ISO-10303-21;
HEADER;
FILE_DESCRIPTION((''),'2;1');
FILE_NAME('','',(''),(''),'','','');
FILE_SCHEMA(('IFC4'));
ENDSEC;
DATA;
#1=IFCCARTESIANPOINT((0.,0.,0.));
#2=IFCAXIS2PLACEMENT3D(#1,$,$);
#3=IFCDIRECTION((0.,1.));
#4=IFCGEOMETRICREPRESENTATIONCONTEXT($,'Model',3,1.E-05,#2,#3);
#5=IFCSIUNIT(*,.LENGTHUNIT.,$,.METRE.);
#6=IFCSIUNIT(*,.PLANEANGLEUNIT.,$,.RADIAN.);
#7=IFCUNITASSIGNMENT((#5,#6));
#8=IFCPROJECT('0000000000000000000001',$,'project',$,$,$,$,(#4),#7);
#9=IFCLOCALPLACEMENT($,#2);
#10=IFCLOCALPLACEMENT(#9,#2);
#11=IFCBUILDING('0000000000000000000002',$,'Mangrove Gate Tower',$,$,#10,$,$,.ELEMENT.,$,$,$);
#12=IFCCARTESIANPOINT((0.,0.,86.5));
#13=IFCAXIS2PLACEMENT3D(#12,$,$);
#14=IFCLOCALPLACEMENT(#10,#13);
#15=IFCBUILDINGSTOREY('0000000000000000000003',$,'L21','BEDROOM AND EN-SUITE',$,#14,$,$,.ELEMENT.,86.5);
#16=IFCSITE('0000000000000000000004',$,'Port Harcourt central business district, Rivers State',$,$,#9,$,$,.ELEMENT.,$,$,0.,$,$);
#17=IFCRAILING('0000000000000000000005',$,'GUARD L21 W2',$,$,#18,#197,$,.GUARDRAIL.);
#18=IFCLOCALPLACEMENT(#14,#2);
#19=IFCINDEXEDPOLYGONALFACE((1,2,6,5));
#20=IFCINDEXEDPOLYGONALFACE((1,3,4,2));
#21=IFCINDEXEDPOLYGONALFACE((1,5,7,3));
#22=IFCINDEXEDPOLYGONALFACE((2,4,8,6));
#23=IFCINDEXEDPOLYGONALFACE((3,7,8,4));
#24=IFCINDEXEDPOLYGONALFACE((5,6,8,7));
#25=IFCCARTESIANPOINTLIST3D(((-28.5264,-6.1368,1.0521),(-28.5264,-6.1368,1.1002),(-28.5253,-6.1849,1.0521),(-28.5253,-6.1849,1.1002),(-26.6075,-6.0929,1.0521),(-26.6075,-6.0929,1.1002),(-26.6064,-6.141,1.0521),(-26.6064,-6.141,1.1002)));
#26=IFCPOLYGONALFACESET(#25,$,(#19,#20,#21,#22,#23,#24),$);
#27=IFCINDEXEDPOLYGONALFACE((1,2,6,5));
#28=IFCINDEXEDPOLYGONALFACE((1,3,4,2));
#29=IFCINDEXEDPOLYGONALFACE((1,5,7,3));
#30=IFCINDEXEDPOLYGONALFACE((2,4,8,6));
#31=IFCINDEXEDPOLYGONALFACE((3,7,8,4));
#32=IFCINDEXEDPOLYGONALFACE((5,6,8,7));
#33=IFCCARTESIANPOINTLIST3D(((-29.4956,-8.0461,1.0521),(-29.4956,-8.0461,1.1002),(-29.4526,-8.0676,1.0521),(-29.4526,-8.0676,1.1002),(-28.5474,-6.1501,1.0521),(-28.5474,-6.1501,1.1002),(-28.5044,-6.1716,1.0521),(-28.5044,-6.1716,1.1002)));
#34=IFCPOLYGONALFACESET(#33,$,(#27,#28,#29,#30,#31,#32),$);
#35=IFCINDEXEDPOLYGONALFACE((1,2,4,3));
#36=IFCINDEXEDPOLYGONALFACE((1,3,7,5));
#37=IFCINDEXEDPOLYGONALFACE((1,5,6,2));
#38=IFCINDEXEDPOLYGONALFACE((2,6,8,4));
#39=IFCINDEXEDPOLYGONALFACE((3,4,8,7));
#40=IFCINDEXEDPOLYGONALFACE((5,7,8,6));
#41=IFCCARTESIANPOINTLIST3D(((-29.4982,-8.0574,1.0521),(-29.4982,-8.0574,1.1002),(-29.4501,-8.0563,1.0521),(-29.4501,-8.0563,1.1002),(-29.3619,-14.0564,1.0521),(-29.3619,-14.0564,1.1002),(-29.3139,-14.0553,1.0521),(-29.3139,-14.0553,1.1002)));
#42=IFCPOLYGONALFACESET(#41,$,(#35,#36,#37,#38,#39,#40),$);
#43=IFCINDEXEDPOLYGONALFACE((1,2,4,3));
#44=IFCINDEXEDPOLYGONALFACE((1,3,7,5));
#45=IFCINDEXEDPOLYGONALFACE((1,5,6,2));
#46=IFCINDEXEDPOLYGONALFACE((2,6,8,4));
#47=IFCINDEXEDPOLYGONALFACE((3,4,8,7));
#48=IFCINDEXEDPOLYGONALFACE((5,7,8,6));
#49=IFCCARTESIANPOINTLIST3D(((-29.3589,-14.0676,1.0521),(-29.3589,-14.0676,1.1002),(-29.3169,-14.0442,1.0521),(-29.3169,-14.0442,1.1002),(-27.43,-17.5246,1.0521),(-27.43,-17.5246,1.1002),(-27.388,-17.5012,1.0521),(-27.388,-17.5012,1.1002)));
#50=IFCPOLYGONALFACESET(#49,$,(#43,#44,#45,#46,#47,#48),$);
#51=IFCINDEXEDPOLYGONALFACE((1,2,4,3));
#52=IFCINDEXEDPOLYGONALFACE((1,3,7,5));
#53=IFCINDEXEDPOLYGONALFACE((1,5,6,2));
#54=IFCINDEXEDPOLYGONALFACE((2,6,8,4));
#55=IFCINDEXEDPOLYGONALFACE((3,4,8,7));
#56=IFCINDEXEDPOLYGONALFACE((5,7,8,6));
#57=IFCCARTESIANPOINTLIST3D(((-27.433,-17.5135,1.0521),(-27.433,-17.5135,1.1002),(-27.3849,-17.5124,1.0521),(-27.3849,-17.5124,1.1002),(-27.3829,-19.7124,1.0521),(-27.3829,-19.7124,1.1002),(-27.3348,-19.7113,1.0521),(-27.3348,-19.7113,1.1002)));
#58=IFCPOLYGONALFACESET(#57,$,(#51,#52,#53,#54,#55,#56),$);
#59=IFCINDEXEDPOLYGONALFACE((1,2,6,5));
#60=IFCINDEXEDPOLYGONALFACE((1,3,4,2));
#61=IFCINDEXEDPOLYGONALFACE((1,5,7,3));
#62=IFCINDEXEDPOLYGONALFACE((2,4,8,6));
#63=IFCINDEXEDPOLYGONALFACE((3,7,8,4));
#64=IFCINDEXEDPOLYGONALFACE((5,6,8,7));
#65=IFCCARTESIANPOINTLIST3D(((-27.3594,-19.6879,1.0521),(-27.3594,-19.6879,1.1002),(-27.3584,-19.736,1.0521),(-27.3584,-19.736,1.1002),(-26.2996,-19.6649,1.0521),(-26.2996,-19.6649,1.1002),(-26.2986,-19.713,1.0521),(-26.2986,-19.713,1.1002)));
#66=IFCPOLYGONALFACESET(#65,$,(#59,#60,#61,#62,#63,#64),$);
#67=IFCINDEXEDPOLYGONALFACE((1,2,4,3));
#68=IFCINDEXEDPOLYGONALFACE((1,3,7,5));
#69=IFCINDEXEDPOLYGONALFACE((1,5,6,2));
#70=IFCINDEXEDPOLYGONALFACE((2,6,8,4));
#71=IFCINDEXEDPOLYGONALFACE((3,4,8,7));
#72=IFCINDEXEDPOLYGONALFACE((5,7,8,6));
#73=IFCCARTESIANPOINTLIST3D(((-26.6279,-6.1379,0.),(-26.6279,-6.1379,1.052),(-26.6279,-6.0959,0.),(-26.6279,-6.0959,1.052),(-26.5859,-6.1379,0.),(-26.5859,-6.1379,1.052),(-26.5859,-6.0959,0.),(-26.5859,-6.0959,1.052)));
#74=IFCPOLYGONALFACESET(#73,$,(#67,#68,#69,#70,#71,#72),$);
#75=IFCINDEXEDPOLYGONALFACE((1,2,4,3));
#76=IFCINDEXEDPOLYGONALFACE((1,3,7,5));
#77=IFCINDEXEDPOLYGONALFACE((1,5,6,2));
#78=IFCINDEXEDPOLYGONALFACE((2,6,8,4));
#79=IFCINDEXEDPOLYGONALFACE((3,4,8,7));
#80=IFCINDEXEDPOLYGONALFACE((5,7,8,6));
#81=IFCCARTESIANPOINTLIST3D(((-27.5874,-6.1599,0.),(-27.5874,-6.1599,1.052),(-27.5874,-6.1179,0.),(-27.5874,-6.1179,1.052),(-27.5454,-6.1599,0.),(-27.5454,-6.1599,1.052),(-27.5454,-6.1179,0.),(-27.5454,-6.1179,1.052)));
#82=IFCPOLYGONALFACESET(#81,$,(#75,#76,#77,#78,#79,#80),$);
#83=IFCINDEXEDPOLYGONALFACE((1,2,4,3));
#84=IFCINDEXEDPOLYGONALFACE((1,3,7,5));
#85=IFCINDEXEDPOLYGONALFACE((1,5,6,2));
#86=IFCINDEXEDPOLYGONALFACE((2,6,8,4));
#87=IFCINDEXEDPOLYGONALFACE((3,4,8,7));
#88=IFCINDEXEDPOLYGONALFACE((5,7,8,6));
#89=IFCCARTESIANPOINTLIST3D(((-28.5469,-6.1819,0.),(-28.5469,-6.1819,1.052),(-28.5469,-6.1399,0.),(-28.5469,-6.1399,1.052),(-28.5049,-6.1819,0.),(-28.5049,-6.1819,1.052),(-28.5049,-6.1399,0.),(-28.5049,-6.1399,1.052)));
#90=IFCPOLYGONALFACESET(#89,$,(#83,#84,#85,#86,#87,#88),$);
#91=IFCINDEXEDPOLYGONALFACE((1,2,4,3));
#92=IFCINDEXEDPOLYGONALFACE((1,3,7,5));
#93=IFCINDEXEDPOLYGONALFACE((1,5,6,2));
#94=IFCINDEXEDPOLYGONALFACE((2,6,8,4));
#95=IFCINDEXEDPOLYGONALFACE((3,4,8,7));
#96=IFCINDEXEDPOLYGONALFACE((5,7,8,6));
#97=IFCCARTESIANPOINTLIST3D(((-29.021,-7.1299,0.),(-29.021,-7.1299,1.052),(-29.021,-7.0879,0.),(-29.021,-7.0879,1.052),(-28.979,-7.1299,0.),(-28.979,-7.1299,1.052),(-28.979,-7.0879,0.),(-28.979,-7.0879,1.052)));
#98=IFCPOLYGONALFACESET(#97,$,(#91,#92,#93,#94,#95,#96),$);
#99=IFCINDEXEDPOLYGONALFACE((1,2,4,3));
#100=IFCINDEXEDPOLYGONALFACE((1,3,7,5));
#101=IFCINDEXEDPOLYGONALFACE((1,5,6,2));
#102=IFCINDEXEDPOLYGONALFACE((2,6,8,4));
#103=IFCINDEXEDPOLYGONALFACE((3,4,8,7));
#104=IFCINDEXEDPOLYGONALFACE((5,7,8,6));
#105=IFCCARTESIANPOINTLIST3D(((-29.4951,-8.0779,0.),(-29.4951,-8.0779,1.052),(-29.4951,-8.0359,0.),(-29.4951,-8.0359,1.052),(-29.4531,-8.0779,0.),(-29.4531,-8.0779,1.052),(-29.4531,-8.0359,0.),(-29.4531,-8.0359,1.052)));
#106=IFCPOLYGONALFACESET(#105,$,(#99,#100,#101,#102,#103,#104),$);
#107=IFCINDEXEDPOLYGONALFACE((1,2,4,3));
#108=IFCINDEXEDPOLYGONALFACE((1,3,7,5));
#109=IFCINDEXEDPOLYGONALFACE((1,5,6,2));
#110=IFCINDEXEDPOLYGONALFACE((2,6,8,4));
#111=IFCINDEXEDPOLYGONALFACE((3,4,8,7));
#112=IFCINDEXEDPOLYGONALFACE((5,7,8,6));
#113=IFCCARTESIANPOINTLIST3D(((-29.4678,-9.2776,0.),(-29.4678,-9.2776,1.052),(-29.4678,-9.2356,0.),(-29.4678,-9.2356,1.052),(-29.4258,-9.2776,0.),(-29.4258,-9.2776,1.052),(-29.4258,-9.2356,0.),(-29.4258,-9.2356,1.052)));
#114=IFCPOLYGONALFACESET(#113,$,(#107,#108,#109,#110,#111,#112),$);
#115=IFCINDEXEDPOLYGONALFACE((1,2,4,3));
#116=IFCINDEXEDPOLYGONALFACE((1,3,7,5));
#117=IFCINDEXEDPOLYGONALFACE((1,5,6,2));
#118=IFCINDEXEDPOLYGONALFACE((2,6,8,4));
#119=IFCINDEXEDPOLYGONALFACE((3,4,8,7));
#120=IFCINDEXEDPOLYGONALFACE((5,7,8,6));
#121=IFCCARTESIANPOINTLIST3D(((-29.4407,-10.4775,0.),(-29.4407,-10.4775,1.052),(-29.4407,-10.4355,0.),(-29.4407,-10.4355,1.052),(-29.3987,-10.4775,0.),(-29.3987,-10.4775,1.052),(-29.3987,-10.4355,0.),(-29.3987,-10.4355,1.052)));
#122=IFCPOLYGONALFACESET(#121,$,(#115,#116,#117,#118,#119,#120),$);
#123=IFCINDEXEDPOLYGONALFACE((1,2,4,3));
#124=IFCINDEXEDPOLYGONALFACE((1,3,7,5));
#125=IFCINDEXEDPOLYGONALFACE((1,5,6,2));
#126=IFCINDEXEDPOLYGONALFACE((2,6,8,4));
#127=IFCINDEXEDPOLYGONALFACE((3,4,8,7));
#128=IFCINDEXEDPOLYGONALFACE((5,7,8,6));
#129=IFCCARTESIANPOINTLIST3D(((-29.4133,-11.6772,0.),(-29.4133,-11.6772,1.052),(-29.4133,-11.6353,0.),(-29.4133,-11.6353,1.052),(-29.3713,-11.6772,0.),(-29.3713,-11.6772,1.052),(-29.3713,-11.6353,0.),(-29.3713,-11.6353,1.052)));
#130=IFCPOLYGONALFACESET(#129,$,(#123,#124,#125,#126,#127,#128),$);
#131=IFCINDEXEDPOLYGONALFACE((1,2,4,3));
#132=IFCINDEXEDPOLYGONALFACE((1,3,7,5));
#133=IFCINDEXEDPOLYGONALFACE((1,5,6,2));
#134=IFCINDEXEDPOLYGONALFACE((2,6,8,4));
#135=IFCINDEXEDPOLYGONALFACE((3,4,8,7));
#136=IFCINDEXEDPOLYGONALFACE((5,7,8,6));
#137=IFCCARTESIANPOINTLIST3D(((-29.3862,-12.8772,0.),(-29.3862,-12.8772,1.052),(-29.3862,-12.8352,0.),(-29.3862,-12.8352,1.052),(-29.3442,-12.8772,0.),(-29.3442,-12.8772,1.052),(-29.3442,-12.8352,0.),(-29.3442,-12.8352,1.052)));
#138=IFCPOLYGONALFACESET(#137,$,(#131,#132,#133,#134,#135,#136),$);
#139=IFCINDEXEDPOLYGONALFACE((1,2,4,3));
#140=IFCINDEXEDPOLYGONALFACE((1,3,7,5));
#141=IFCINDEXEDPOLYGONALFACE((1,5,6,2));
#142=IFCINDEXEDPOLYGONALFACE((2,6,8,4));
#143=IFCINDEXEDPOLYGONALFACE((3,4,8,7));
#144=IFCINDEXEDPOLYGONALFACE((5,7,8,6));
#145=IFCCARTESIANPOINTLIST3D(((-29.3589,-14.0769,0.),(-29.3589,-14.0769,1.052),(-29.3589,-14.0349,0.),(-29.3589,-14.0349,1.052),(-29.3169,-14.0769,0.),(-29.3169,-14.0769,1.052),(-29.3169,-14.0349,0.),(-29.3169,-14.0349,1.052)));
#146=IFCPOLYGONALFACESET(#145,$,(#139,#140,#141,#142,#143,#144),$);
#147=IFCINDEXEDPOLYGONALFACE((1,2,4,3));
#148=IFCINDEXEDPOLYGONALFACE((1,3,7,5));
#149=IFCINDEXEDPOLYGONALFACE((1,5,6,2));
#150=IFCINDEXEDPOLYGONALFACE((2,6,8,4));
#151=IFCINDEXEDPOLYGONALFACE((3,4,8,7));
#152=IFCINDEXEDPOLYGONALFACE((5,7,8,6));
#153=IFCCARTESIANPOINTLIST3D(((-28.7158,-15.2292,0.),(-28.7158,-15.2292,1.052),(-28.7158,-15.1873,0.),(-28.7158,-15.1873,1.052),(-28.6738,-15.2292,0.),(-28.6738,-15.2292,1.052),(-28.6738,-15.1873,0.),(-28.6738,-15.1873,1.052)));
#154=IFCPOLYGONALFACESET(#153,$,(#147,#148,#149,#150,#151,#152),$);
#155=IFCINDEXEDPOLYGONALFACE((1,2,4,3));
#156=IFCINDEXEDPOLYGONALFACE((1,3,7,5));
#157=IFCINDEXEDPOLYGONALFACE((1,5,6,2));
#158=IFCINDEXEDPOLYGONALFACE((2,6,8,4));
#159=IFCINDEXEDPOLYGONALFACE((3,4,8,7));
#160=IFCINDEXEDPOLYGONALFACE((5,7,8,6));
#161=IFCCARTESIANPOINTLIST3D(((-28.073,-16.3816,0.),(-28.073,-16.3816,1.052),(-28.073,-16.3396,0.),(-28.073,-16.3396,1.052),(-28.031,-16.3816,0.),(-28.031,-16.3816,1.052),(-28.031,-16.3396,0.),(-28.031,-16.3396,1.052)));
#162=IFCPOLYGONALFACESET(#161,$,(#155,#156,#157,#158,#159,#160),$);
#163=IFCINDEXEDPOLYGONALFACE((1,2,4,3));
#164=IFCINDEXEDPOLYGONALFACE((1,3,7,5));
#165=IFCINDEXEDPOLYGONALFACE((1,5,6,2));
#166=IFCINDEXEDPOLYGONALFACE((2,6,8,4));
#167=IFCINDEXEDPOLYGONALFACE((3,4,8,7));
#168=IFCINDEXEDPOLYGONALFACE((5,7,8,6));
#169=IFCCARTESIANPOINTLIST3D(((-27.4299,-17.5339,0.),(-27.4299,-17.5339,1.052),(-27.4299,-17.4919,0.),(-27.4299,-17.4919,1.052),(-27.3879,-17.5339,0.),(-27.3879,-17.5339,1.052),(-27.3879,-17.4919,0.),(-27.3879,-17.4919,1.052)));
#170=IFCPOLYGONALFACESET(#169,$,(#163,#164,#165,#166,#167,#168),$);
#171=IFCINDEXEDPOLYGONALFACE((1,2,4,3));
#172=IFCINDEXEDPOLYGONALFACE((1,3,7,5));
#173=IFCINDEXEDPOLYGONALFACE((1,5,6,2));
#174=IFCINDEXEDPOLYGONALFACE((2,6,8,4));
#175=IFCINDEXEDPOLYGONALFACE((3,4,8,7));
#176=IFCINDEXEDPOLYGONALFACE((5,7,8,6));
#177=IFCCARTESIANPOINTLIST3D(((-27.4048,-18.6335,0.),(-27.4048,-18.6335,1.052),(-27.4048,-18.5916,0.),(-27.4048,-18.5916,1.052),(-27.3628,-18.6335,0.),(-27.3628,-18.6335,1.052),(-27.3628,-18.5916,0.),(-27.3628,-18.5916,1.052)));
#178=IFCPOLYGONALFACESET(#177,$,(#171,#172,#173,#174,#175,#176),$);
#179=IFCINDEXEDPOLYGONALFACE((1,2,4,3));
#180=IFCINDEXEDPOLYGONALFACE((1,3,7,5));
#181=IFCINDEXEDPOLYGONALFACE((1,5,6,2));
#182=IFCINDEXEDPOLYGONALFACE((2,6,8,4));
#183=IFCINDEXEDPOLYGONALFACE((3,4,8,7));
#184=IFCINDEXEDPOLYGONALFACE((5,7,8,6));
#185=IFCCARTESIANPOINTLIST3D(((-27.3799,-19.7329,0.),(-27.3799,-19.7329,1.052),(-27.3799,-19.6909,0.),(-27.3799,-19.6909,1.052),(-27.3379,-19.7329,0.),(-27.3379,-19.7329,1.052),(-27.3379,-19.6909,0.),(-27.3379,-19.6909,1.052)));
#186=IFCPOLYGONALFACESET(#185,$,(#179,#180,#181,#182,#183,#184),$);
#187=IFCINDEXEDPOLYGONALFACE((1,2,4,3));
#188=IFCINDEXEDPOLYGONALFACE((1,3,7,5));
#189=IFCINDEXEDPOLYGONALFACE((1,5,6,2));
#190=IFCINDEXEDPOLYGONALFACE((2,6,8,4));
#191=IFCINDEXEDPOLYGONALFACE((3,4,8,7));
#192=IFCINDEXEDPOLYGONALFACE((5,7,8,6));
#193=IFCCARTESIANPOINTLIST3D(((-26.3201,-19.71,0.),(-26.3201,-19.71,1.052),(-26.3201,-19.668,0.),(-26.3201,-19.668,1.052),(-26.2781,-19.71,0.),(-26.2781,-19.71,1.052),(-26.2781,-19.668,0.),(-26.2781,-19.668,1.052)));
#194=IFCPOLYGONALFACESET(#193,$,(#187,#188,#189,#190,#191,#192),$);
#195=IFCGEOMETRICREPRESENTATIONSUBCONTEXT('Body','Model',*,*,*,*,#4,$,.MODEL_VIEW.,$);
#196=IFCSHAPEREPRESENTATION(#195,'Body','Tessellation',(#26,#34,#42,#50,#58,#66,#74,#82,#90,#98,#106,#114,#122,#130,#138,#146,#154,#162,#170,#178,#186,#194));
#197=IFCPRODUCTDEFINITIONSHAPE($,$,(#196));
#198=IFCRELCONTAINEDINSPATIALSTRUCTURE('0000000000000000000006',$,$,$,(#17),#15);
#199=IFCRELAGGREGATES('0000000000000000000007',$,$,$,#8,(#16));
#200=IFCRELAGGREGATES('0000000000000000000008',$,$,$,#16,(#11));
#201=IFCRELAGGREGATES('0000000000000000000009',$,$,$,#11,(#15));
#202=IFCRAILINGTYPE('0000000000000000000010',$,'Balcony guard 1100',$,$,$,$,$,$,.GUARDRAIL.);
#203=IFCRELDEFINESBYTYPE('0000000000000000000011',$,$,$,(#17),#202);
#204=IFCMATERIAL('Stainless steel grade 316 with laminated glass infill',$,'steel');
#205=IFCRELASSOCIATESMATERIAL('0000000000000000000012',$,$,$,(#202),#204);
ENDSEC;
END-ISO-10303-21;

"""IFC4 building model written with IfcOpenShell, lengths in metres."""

from ifc_helpers import new_model, si_unit, direction, frame, origin, origin_2d, place, context, subcontext, project, spatial, rectangle, extrude, material, type_object, element, save


model = new_model("IFC4")

# Units and contexts
model_context = context("Model", 3, precision=1e-05, world=origin(), true_north=direction((0.0, 1.0)))
body_context = subcontext(model_context, "Body", "Model", "MODEL_VIEW")
ifc_project = project(units=[si_unit("LENGTHUNIT", "METRE"), si_unit("PLANEANGLEUNIT", "RADIAN")], contexts=[model_context])

# Site, building, storey
site_placement = place(None, origin())
site = spatial("IfcSite", under=ifc_project, at=site_placement, Name="Port Harcourt central business district, Rivers State", CompositionType="ELEMENT", RefElevation=0.0)
building_placement = place(site_placement, origin())
building = spatial("IfcBuilding", under=site, at=building_placement, Name="Mangrove Gate Tower", CompositionType="ELEMENT")
storey_placement = place(building_placement, frame((0.0, 0.0, 86.5)))
storey = spatial("IfcBuildingStorey", under=building, at=storey_placement, Name="L21", Description="BEDROOM AND EN-SUITE", CompositionType="ELEMENT", Elevation=86.5)

# Railing
ifc_material_1 = material(Name="Stainless steel grade 316 with laminated glass infill", Category="steel")
railing_type = type_object("IfcRailingType", Name="Balcony guard 1100", PredefinedType="GUARDRAIL", material=ifc_material_1)
railing_placement = place(storey_placement, frame((-26.6069, -6.1169, 0.0)))
element("IfcRailing", 1, at=railing_placement, inside=storey, type_object=railing_type, Name="GUARD L21 W2", PredefinedType="GUARDRAIL", context=body_context, shape_type="SweptSolid", body=[
    extrude(rectangle(XDim=0.0481, YDim=0.0481, at=origin_2d()), frame((0.0, 0.0, 1.0762), z_axis=(-0.999738, -0.022895, 0.0), x_axis=(0.022895, -0.999738, 0.0)), (0.0, 0.0, 1.0), 1.9194),
    extrude(rectangle(XDim=0.0481, YDim=0.0481, at=origin_2d()), frame((-1.9189, -0.0439, 1.0762), z_axis=(-0.447306, -0.894381, 0.0), x_axis=(0.894381, -0.447306, 0.0)), (0.0, 0.0, 1.0), 2.1199),
    extrude(rectangle(XDim=0.0481, YDim=0.0481, at=origin_2d()), frame((-2.8672, -1.9399, 1.0762), z_axis=(0.022703, -0.999742, 0.0), x_axis=(0.999742, 0.022703, 0.0)), (0.0, 0.0, 1.0), 6.0005),
    extrude(rectangle(XDim=0.0481, YDim=0.0481, at=origin_2d()), frame((-2.731, -7.939, 1.0762), z_axis=(0.48726, -0.873257, 0.0), x_axis=(0.873257, 0.48726, 0.0)), (0.0, 0.0, 1.0), 3.9587),
    extrude(rectangle(XDim=0.0481, YDim=0.0481, at=origin_2d()), frame((-0.802, -11.396, 1.0762), z_axis=(0.022754, -0.999741, 0.0), x_axis=(0.999741, 0.022754, 0.0)), (0.0, 0.0, 1.0), 2.1995),
    extrude(rectangle(XDim=0.0481, YDim=0.0481, at=origin_2d()), frame((-0.752, -13.595, 1.0762), z_axis=(0.999766, 0.021649, 0.0), x_axis=(-0.021649, 0.999766, 0.0)), (0.0, 0.0, 1.0), 1.0601),
    extrude(rectangle(XDim=0.042, YDim=0.042, at=origin_2d()), origin(), (0.0, 0.0, 1.0), 1.052),
    extrude(rectangle(XDim=0.042, YDim=0.042, at=origin_2d()), frame((-0.9595, -0.022, 0.0)), (0.0, 0.0, 1.0), 1.052),
    extrude(rectangle(XDim=0.042, YDim=0.042, at=origin_2d()), frame((-1.9189, -0.0439, 0.0)), (0.0, 0.0, 1.0), 1.052),
    extrude(rectangle(XDim=0.042, YDim=0.042, at=origin_2d()), frame((-2.3931, -0.9919, 0.0)), (0.0, 0.0, 1.0), 1.052),
    extrude(rectangle(XDim=0.042, YDim=0.042, at=origin_2d()), frame((-2.8672, -1.9399, 0.0)), (0.0, 0.0, 1.0), 1.052),
    extrude(rectangle(XDim=0.042, YDim=0.042, at=origin_2d()), frame((-2.8398, -3.1396, 0.0)), (0.0, 0.0, 1.0), 1.052),
    extrude(rectangle(XDim=0.042, YDim=0.042, at=origin_2d()), frame((-2.8127, -4.3396, 0.0)), (0.0, 0.0, 1.0), 1.052),
    extrude(rectangle(XDim=0.042, YDim=0.042, at=origin_2d()), frame((-2.7854, -5.5393, 0.0)), (0.0, 0.0, 1.0), 1.052),
    extrude(rectangle(XDim=0.042, YDim=0.042, at=origin_2d()), frame((-2.7583, -6.7393, 0.0)), (0.0, 0.0, 1.0), 1.052),
    extrude(rectangle(XDim=0.042, YDim=0.042, at=origin_2d()), frame((-2.731, -7.939, 0.0)), (0.0, 0.0, 1.0), 1.052),
    extrude(rectangle(XDim=0.042, YDim=0.042, at=origin_2d()), frame((-2.0879, -9.0913, 0.0)), (0.0, 0.0, 1.0), 1.052),
    extrude(rectangle(XDim=0.042, YDim=0.042, at=origin_2d()), frame((-1.4451, -10.2437, 0.0)), (0.0, 0.0, 1.0), 1.052),
    extrude(rectangle(XDim=0.042, YDim=0.042, at=origin_2d()), frame((-0.802, -11.396, 0.0)), (0.0, 0.0, 1.0), 1.052),
    extrude(rectangle(XDim=0.042, YDim=0.042, at=origin_2d()), frame((-0.7769, -12.4956, 0.0)), (0.0, 0.0, 1.0), 1.052),
    extrude(rectangle(XDim=0.042, YDim=0.042, at=origin_2d()), frame((-0.752, -13.595, 0.0)), (0.0, 0.0, 1.0), 1.052),
    extrude(rectangle(XDim=0.042, YDim=0.042, at=origin_2d()), frame((0.3079, -13.572, 0.0)), (0.0, 0.0, 1.0), 1.052),
])

save(model, "model.ifc")
